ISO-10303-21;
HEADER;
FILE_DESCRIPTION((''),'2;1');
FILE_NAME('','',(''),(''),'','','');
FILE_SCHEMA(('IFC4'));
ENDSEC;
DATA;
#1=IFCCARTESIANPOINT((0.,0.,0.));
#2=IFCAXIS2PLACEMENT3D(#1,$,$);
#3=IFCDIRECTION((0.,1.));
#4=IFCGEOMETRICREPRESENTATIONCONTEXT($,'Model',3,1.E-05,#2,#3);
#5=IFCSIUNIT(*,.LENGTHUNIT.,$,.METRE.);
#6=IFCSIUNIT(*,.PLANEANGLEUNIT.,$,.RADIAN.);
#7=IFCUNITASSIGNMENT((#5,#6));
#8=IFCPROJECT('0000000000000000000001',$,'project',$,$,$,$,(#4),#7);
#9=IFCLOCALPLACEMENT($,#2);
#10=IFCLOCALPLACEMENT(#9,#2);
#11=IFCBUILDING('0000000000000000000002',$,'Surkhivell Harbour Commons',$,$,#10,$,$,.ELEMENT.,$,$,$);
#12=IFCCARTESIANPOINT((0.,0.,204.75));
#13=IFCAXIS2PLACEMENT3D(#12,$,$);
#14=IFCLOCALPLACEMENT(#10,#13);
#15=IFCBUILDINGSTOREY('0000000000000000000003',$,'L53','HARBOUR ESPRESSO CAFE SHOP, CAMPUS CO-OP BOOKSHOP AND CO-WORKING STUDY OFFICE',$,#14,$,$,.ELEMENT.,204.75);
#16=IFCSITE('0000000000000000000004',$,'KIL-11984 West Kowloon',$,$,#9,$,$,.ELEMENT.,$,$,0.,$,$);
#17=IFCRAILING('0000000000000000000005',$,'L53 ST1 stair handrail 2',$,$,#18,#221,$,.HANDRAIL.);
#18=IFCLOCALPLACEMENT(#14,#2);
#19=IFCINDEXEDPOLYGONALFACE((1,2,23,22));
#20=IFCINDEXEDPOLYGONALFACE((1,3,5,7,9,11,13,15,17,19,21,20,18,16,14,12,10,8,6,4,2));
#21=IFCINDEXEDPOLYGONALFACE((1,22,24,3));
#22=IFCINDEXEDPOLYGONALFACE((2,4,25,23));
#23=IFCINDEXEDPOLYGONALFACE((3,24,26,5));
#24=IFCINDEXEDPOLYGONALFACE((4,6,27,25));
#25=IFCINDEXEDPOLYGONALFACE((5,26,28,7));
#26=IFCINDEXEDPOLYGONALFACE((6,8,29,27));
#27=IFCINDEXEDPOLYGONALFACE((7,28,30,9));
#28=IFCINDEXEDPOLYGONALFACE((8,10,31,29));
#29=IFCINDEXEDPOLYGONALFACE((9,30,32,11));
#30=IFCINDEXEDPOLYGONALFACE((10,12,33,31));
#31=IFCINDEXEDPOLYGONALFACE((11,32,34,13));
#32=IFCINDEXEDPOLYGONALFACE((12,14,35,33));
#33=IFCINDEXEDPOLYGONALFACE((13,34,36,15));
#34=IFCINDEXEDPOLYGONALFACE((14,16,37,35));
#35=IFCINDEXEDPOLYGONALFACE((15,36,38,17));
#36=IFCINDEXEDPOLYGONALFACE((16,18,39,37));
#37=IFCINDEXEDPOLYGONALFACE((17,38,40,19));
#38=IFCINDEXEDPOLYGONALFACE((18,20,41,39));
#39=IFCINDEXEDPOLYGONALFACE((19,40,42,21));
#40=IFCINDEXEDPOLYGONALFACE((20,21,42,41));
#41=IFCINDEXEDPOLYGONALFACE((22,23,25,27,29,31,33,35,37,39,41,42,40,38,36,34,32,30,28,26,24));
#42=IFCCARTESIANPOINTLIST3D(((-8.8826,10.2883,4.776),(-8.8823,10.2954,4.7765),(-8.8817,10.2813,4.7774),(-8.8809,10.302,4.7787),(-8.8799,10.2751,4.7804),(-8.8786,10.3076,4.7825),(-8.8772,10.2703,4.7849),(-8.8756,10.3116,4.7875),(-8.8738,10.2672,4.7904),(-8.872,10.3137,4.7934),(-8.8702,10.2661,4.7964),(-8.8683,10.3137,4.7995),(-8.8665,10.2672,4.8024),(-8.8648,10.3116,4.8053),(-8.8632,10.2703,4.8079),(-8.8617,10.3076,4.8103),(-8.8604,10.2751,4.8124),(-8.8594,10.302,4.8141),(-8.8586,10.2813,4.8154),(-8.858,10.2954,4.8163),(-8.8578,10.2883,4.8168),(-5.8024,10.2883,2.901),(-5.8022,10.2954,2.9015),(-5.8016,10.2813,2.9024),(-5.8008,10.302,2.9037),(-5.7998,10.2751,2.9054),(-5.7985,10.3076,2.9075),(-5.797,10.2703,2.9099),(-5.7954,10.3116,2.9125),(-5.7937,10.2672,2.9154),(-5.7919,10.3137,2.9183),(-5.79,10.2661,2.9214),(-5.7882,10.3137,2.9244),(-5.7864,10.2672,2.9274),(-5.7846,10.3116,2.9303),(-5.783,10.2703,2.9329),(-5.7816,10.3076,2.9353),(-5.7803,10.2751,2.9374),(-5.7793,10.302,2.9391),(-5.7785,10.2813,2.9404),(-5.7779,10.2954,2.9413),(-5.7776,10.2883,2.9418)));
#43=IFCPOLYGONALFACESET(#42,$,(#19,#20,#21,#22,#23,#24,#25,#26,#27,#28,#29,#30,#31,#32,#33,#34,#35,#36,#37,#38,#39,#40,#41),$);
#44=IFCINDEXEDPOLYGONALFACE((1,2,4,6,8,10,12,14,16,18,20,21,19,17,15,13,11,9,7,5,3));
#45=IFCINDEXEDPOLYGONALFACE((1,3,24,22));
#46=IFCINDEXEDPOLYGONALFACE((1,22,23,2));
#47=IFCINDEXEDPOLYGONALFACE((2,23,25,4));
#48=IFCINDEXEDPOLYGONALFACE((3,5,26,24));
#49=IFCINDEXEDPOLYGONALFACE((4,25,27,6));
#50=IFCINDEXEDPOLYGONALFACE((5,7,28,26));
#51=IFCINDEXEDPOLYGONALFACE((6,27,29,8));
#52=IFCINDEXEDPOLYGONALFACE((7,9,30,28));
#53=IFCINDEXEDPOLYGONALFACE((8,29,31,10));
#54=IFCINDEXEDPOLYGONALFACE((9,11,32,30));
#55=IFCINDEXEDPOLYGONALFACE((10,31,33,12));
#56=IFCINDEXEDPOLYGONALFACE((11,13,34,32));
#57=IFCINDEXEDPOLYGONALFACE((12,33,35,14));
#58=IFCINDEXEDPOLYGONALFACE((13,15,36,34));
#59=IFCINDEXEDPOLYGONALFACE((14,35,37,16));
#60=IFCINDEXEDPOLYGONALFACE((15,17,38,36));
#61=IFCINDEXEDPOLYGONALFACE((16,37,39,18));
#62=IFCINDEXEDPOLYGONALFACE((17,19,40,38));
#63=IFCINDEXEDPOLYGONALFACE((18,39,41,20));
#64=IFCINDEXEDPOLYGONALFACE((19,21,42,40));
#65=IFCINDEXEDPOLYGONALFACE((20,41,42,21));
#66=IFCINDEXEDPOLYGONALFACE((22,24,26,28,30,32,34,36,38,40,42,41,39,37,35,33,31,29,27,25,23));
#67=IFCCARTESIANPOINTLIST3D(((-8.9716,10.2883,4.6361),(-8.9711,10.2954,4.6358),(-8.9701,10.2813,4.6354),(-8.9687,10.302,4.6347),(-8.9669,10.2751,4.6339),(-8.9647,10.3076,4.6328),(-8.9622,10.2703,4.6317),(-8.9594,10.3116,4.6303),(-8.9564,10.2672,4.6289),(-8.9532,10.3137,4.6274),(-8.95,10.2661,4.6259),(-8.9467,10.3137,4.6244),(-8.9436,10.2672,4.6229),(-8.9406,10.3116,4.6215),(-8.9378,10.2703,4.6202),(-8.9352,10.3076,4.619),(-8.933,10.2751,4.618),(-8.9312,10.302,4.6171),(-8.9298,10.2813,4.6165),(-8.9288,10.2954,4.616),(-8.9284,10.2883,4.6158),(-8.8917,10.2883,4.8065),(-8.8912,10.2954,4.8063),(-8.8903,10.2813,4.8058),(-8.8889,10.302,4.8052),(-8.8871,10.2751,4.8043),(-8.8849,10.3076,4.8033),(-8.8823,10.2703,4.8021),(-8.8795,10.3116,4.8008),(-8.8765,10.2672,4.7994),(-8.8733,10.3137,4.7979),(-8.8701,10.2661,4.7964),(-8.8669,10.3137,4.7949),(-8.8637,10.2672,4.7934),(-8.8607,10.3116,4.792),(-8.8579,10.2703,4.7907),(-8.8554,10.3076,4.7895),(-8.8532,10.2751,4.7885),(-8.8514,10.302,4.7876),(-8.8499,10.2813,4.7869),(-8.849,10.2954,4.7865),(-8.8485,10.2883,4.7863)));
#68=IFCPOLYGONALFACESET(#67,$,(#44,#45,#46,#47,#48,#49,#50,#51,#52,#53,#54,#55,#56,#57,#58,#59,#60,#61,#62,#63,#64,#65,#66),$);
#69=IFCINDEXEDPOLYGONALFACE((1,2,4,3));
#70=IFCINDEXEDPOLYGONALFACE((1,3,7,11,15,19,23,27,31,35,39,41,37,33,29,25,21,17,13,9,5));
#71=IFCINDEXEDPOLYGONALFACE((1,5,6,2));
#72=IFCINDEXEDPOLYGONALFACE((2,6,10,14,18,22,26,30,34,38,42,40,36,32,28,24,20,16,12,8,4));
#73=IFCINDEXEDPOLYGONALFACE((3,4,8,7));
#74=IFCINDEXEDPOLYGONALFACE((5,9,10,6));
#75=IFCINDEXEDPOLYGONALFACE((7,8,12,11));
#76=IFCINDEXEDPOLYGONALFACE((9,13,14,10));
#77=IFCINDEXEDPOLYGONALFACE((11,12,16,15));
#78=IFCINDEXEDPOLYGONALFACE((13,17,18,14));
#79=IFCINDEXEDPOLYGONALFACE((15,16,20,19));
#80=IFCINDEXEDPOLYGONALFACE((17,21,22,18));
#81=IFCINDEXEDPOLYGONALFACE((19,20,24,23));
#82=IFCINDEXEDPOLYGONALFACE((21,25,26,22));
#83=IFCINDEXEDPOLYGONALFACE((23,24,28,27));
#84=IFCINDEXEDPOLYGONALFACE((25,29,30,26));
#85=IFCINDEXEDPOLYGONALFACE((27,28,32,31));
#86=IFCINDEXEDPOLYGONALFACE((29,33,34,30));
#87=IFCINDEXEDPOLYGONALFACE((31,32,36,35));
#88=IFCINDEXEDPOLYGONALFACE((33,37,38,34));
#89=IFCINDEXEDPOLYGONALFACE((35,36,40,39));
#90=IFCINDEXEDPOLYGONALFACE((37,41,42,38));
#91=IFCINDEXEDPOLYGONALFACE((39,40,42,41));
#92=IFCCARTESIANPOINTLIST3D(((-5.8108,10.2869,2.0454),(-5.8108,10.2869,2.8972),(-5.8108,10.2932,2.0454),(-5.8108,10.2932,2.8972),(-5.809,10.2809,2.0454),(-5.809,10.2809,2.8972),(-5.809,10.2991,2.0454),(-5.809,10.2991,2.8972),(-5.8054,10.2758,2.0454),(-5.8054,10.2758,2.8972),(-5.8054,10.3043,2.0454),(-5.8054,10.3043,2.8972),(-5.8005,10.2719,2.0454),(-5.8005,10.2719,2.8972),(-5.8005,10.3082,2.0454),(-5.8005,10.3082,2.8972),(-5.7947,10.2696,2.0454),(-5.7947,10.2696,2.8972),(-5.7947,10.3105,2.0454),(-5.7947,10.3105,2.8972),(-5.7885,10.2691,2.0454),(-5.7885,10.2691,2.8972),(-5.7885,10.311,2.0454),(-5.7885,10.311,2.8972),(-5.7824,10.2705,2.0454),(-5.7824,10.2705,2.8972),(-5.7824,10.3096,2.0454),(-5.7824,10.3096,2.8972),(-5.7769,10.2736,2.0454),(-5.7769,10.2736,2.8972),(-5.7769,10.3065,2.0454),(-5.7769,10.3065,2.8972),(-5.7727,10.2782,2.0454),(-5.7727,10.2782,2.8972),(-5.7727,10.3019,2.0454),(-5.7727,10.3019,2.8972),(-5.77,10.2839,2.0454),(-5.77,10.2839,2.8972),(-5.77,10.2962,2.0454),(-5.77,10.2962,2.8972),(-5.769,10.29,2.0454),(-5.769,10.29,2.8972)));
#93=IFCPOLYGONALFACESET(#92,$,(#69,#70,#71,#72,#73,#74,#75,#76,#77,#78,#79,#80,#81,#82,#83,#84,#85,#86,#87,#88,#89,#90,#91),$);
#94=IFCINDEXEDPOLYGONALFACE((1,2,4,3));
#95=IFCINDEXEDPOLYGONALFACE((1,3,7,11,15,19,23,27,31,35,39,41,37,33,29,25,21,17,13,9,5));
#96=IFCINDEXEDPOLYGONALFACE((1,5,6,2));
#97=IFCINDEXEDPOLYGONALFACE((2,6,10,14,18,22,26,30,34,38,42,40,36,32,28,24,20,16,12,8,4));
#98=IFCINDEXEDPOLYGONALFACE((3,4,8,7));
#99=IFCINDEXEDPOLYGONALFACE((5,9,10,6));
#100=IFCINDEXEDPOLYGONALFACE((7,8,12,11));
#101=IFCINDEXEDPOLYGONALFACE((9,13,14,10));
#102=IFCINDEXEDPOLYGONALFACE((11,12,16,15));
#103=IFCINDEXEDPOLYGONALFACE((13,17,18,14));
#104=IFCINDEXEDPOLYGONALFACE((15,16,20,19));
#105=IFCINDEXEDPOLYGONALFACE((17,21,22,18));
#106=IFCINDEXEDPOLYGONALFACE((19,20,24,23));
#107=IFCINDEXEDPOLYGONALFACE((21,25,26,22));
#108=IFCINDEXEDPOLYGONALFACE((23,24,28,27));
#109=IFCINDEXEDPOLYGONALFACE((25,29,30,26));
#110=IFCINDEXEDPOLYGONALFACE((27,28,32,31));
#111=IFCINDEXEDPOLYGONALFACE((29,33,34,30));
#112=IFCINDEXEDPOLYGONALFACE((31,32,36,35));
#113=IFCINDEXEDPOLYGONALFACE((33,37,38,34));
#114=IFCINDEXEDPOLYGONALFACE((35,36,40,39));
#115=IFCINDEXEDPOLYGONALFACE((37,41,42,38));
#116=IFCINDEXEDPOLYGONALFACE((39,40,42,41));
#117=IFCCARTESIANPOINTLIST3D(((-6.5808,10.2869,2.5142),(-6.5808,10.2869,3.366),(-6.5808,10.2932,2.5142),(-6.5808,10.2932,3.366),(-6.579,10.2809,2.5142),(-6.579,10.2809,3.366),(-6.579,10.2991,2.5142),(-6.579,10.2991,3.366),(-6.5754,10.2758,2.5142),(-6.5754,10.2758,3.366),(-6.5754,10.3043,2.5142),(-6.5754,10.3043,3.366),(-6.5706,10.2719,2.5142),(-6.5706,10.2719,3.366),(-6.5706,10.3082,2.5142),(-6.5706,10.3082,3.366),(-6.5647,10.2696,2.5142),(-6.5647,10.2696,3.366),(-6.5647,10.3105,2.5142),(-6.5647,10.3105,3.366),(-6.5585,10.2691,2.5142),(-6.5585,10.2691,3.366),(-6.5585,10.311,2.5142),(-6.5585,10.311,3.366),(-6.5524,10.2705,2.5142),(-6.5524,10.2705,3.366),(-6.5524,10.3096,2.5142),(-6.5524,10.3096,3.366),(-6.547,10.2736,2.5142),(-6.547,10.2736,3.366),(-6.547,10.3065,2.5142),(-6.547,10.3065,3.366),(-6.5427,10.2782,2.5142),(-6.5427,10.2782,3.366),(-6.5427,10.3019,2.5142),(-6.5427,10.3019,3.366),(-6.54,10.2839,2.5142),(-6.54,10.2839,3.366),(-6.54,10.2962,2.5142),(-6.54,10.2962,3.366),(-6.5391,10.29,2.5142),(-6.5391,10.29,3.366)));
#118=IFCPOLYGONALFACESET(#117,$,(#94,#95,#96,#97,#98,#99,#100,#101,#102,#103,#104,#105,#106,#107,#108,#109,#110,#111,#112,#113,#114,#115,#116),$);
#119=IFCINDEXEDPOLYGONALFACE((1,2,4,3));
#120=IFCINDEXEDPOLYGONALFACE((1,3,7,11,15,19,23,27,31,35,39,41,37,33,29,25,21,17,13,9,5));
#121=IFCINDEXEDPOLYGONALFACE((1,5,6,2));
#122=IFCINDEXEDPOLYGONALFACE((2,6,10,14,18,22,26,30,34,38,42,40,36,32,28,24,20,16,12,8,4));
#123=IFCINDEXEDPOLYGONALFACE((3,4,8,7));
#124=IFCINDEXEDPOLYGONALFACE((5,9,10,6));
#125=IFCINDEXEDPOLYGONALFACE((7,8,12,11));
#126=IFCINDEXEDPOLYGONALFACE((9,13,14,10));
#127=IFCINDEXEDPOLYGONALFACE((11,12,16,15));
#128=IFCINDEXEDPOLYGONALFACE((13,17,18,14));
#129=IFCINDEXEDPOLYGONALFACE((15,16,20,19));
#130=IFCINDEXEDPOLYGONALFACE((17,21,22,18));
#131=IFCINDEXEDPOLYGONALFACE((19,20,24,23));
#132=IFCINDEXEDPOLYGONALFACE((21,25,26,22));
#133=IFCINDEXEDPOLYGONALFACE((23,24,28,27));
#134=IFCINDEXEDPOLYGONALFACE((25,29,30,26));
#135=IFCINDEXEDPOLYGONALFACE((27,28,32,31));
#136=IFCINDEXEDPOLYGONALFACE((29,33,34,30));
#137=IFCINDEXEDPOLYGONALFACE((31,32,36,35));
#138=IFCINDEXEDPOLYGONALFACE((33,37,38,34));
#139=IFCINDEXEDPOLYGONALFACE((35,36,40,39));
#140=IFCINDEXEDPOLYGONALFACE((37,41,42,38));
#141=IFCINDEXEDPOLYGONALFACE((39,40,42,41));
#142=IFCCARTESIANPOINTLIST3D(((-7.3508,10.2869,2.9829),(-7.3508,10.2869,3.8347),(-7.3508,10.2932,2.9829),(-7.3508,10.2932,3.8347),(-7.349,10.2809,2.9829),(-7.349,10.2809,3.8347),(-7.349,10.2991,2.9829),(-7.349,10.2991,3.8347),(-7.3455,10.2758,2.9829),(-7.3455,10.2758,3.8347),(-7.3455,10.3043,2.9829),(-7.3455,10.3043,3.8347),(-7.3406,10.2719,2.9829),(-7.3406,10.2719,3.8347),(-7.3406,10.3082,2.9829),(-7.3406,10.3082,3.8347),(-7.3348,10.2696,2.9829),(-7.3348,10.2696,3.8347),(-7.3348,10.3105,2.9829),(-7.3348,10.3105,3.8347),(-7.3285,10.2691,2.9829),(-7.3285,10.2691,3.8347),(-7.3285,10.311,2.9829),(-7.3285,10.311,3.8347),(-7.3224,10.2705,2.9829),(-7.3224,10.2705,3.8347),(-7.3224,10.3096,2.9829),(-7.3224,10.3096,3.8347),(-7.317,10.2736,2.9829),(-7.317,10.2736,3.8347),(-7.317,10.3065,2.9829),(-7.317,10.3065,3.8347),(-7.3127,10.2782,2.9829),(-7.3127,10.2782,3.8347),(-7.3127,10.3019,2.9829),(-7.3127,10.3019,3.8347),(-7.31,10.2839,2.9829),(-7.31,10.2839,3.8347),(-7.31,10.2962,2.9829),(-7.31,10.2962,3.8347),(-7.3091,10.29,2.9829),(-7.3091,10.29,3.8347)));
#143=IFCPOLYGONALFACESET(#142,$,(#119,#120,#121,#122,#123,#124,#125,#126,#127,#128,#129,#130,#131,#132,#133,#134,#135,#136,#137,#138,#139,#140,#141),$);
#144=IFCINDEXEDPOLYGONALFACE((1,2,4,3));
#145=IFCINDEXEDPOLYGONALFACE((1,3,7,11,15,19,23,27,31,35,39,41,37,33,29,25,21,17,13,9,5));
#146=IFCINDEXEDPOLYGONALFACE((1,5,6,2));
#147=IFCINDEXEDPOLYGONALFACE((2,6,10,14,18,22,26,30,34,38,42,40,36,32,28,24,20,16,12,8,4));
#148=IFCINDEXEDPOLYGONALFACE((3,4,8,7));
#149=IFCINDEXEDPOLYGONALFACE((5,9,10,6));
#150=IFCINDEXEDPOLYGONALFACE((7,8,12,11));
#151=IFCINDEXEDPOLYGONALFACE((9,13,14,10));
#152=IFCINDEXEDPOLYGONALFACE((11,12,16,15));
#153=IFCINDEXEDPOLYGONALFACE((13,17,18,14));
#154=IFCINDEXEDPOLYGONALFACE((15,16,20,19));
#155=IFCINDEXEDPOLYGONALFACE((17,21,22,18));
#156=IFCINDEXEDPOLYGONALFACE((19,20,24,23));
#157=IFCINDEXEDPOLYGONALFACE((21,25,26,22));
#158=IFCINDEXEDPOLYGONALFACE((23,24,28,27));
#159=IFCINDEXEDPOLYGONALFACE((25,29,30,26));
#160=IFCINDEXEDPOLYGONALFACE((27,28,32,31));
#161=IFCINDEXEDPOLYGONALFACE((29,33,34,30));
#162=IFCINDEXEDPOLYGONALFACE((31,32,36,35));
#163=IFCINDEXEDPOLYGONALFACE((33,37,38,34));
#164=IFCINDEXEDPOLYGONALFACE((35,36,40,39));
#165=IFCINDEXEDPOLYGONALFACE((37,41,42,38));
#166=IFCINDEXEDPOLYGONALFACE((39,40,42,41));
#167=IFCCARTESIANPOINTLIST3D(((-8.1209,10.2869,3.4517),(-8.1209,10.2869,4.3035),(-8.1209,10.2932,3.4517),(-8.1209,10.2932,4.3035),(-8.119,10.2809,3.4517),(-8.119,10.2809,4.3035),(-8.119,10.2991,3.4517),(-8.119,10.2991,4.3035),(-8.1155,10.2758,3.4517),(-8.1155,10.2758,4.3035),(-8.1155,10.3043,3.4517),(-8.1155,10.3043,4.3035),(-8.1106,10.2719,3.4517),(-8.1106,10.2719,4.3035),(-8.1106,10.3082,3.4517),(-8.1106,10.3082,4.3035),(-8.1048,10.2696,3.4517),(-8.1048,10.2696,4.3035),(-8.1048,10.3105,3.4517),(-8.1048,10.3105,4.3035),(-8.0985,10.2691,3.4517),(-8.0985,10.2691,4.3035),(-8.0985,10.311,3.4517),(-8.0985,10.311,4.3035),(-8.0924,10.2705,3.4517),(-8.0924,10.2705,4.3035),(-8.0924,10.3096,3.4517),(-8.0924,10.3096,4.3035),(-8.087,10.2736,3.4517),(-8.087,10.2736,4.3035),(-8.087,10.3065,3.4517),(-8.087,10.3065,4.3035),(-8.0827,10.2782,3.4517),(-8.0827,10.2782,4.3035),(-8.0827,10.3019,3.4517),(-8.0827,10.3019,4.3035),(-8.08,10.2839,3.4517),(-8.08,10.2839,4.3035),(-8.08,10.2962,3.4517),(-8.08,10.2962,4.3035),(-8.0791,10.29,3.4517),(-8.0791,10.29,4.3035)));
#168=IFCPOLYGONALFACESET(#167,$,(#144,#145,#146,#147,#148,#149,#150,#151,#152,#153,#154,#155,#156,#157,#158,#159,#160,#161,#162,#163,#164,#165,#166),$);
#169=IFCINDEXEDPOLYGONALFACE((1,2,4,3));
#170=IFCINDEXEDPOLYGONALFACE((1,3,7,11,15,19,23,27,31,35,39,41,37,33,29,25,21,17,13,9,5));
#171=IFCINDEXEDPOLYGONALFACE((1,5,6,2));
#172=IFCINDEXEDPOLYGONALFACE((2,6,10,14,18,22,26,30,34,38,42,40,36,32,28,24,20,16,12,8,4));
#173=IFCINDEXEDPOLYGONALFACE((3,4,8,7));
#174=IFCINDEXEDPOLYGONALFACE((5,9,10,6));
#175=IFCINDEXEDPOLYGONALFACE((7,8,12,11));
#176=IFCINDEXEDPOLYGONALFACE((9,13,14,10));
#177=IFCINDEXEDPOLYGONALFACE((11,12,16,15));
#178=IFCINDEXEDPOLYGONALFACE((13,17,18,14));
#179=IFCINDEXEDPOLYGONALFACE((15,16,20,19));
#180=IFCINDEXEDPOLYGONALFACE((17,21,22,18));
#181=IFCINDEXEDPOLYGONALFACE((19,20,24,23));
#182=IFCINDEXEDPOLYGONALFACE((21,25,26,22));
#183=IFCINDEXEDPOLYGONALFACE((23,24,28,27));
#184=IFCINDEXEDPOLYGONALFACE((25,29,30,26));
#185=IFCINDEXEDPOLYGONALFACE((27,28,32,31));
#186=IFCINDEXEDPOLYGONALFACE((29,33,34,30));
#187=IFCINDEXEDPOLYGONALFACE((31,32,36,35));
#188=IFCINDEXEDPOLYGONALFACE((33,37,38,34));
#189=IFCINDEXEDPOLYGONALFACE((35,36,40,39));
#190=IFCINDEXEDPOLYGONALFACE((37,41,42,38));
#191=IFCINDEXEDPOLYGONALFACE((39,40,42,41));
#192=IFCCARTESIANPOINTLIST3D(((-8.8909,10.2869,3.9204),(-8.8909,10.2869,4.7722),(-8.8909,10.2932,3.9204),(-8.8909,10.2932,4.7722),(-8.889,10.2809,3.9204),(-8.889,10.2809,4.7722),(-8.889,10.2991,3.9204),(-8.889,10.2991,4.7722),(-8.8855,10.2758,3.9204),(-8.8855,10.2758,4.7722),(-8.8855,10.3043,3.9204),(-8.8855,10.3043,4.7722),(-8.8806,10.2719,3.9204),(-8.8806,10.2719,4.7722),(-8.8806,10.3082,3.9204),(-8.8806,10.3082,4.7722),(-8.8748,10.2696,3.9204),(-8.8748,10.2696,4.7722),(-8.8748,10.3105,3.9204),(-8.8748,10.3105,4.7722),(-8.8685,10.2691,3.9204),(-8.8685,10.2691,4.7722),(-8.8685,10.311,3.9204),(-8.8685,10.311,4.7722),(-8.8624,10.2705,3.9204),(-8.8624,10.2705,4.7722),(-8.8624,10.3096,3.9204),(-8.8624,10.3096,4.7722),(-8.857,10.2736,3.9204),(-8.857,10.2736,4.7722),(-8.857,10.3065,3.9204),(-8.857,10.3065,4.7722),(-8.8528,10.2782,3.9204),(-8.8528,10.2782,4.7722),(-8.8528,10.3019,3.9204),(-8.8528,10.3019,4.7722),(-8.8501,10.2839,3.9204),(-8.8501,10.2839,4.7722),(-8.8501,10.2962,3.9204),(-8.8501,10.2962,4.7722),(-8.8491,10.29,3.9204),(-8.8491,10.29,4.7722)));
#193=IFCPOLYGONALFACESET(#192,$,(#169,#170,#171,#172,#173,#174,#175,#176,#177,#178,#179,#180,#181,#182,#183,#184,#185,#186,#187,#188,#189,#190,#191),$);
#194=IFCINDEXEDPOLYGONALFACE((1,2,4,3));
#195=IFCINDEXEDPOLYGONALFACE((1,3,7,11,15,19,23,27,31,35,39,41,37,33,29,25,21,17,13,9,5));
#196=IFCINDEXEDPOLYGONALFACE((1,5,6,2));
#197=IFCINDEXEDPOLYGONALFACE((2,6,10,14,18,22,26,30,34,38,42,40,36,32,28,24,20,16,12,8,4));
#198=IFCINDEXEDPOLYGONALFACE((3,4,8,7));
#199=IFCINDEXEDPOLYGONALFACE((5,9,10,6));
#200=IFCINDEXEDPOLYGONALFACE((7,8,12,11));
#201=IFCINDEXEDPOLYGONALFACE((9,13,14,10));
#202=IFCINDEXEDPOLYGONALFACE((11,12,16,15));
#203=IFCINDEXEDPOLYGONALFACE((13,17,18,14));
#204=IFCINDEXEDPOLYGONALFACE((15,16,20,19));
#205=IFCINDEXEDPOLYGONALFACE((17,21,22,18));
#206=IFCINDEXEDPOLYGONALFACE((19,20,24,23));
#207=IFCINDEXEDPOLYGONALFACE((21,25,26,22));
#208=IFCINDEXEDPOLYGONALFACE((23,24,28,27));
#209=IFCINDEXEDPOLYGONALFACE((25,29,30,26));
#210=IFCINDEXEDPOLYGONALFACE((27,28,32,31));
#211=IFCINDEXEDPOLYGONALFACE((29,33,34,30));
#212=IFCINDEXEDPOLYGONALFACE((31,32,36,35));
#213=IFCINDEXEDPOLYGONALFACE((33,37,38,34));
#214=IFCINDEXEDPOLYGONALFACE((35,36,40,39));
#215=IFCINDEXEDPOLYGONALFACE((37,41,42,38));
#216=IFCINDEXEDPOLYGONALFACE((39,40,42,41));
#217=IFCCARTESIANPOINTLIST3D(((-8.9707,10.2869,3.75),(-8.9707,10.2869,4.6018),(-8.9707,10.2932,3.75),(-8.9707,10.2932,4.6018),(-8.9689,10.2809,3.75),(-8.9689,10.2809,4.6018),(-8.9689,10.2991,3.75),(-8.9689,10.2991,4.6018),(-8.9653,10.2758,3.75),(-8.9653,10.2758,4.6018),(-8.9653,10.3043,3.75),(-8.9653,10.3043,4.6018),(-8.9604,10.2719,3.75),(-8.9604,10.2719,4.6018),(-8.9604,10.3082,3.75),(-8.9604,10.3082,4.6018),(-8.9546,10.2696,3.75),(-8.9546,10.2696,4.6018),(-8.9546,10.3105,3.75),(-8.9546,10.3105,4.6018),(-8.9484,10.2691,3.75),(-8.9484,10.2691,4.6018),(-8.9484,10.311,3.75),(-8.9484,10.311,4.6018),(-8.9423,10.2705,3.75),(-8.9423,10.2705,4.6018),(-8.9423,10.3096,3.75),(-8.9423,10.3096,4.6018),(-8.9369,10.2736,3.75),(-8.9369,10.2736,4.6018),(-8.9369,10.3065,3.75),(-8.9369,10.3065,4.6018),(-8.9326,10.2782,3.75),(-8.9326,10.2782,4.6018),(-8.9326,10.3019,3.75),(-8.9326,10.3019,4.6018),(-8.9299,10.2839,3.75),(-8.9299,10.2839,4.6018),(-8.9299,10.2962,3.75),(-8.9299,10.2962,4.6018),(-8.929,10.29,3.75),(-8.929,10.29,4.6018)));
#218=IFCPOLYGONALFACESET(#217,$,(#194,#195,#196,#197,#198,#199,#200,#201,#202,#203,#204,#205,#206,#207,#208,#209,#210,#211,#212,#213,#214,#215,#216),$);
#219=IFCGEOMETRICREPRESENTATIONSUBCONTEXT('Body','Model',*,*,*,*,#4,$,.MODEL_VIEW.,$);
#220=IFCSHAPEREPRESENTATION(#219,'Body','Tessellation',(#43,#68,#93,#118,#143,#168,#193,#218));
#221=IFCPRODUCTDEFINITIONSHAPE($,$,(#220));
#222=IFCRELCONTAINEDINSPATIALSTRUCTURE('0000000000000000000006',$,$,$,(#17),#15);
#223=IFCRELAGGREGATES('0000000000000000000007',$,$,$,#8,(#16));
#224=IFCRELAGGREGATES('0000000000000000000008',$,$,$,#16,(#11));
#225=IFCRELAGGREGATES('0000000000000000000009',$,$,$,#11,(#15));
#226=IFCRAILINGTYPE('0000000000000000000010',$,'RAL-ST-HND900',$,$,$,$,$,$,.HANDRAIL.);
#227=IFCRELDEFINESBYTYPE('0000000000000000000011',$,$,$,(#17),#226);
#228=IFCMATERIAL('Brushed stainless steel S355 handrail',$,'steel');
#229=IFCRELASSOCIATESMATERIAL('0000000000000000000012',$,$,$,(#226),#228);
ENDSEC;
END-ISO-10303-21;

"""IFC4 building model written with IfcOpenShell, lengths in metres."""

from ifc_helpers import new_model, si_unit, direction, frame, origin, origin_2d, place, context, subcontext, project, spatial, circle, extrude, material, type_object, element, save


model = new_model("IFC4")

# Units and contexts
model_context = context("Model", 3, precision=1e-05, world=origin(), true_north=direction((0.0, 1.0)))
body_context = subcontext(model_context, "Body", "Model", "MODEL_VIEW")
ifc_project = project(units=[si_unit("LENGTHUNIT", "METRE"), si_unit("PLANEANGLEUNIT", "RADIAN")], contexts=[model_context])

# Site, building, storey
site_placement = place(None, origin())
site = spatial("IfcSite", under=ifc_project, at=site_placement, Name="KIL-11984 West Kowloon", CompositionType="ELEMENT", RefElevation=0.0)
building_placement = place(site_placement, origin())
building = spatial("IfcBuilding", under=site, at=building_placement, Name="Surkhivell Harbour Commons", CompositionType="ELEMENT")
storey_placement = place(building_placement, frame((0.0, 0.0, 204.75)))
storey = spatial("IfcBuildingStorey", under=building, at=storey_placement, Name="L53", Description="HARBOUR ESPRESSO CAFE SHOP, CAMPUS CO-OP BOOKSHOP AND CO-WORKING STUDY OFFICE", CompositionType="ELEMENT", Elevation=204.75)

# Railing
ifc_material_1 = material(Name="Brushed stainless steel S355 handrail", Category="steel")
railing_type_1 = type_object("IfcRailingType", Name="RAL-ST-HND900", PredefinedType="HANDRAIL", material=ifc_material_1)
railing_1_placement = place(storey_placement, frame((-5.79, 10.29, 2.0454)))
element("IfcRailing", 1, at=railing_1_placement, inside=storey, type_object=railing_type_1, Name="L53 ST1 stair handrail 2", PredefinedType="HANDRAIL", context=body_context, shape_type="SweptSolid", body=[
    extrude(circle(Radius=0.0239, at=origin_2d()), frame((0.0, 0.0, 0.876), z_axis=(-0.854178, 0.0, 0.519981), x_axis=(0.0, -1.0, 0.0)), (0.0, 0.0, 1.0), 3.606),
    extrude(circle(Radius=0.0239, at=origin_2d()), frame((-3.0801, 0.0, 2.751), z_axis=(-0.424234, 0.0, -0.905552), x_axis=(0.0, -1.0, 0.0)), (0.0, 0.0, 1.0), 0.1882),
    extrude(circle(Radius=0.021, at=origin_2d()), origin(), (0.0, 0.0, 1.0), 0.8518),
    extrude(circle(Radius=0.021, at=origin_2d()), frame((-0.77, 0.0, 0.4688)), (0.0, 0.0, 1.0), 0.8518),
    extrude(circle(Radius=0.021, at=origin_2d()), frame((-1.54, 0.0, 0.9375)), (0.0, 0.0, 1.0), 0.8518),
    extrude(circle(Radius=0.021, at=origin_2d()), frame((-2.3101, 0.0, 1.4062)), (0.0, 0.0, 1.0), 0.8518),
    extrude(circle(Radius=0.021, at=origin_2d()), frame((-3.0801, 0.0, 1.875)), (0.0, 0.0, 1.0), 0.8518),
    extrude(circle(Radius=0.021, at=origin_2d()), frame((-3.1599, 0.0, 1.7046)), (0.0, 0.0, 1.0), 0.8518),
])

save(model, "model.ifc")
